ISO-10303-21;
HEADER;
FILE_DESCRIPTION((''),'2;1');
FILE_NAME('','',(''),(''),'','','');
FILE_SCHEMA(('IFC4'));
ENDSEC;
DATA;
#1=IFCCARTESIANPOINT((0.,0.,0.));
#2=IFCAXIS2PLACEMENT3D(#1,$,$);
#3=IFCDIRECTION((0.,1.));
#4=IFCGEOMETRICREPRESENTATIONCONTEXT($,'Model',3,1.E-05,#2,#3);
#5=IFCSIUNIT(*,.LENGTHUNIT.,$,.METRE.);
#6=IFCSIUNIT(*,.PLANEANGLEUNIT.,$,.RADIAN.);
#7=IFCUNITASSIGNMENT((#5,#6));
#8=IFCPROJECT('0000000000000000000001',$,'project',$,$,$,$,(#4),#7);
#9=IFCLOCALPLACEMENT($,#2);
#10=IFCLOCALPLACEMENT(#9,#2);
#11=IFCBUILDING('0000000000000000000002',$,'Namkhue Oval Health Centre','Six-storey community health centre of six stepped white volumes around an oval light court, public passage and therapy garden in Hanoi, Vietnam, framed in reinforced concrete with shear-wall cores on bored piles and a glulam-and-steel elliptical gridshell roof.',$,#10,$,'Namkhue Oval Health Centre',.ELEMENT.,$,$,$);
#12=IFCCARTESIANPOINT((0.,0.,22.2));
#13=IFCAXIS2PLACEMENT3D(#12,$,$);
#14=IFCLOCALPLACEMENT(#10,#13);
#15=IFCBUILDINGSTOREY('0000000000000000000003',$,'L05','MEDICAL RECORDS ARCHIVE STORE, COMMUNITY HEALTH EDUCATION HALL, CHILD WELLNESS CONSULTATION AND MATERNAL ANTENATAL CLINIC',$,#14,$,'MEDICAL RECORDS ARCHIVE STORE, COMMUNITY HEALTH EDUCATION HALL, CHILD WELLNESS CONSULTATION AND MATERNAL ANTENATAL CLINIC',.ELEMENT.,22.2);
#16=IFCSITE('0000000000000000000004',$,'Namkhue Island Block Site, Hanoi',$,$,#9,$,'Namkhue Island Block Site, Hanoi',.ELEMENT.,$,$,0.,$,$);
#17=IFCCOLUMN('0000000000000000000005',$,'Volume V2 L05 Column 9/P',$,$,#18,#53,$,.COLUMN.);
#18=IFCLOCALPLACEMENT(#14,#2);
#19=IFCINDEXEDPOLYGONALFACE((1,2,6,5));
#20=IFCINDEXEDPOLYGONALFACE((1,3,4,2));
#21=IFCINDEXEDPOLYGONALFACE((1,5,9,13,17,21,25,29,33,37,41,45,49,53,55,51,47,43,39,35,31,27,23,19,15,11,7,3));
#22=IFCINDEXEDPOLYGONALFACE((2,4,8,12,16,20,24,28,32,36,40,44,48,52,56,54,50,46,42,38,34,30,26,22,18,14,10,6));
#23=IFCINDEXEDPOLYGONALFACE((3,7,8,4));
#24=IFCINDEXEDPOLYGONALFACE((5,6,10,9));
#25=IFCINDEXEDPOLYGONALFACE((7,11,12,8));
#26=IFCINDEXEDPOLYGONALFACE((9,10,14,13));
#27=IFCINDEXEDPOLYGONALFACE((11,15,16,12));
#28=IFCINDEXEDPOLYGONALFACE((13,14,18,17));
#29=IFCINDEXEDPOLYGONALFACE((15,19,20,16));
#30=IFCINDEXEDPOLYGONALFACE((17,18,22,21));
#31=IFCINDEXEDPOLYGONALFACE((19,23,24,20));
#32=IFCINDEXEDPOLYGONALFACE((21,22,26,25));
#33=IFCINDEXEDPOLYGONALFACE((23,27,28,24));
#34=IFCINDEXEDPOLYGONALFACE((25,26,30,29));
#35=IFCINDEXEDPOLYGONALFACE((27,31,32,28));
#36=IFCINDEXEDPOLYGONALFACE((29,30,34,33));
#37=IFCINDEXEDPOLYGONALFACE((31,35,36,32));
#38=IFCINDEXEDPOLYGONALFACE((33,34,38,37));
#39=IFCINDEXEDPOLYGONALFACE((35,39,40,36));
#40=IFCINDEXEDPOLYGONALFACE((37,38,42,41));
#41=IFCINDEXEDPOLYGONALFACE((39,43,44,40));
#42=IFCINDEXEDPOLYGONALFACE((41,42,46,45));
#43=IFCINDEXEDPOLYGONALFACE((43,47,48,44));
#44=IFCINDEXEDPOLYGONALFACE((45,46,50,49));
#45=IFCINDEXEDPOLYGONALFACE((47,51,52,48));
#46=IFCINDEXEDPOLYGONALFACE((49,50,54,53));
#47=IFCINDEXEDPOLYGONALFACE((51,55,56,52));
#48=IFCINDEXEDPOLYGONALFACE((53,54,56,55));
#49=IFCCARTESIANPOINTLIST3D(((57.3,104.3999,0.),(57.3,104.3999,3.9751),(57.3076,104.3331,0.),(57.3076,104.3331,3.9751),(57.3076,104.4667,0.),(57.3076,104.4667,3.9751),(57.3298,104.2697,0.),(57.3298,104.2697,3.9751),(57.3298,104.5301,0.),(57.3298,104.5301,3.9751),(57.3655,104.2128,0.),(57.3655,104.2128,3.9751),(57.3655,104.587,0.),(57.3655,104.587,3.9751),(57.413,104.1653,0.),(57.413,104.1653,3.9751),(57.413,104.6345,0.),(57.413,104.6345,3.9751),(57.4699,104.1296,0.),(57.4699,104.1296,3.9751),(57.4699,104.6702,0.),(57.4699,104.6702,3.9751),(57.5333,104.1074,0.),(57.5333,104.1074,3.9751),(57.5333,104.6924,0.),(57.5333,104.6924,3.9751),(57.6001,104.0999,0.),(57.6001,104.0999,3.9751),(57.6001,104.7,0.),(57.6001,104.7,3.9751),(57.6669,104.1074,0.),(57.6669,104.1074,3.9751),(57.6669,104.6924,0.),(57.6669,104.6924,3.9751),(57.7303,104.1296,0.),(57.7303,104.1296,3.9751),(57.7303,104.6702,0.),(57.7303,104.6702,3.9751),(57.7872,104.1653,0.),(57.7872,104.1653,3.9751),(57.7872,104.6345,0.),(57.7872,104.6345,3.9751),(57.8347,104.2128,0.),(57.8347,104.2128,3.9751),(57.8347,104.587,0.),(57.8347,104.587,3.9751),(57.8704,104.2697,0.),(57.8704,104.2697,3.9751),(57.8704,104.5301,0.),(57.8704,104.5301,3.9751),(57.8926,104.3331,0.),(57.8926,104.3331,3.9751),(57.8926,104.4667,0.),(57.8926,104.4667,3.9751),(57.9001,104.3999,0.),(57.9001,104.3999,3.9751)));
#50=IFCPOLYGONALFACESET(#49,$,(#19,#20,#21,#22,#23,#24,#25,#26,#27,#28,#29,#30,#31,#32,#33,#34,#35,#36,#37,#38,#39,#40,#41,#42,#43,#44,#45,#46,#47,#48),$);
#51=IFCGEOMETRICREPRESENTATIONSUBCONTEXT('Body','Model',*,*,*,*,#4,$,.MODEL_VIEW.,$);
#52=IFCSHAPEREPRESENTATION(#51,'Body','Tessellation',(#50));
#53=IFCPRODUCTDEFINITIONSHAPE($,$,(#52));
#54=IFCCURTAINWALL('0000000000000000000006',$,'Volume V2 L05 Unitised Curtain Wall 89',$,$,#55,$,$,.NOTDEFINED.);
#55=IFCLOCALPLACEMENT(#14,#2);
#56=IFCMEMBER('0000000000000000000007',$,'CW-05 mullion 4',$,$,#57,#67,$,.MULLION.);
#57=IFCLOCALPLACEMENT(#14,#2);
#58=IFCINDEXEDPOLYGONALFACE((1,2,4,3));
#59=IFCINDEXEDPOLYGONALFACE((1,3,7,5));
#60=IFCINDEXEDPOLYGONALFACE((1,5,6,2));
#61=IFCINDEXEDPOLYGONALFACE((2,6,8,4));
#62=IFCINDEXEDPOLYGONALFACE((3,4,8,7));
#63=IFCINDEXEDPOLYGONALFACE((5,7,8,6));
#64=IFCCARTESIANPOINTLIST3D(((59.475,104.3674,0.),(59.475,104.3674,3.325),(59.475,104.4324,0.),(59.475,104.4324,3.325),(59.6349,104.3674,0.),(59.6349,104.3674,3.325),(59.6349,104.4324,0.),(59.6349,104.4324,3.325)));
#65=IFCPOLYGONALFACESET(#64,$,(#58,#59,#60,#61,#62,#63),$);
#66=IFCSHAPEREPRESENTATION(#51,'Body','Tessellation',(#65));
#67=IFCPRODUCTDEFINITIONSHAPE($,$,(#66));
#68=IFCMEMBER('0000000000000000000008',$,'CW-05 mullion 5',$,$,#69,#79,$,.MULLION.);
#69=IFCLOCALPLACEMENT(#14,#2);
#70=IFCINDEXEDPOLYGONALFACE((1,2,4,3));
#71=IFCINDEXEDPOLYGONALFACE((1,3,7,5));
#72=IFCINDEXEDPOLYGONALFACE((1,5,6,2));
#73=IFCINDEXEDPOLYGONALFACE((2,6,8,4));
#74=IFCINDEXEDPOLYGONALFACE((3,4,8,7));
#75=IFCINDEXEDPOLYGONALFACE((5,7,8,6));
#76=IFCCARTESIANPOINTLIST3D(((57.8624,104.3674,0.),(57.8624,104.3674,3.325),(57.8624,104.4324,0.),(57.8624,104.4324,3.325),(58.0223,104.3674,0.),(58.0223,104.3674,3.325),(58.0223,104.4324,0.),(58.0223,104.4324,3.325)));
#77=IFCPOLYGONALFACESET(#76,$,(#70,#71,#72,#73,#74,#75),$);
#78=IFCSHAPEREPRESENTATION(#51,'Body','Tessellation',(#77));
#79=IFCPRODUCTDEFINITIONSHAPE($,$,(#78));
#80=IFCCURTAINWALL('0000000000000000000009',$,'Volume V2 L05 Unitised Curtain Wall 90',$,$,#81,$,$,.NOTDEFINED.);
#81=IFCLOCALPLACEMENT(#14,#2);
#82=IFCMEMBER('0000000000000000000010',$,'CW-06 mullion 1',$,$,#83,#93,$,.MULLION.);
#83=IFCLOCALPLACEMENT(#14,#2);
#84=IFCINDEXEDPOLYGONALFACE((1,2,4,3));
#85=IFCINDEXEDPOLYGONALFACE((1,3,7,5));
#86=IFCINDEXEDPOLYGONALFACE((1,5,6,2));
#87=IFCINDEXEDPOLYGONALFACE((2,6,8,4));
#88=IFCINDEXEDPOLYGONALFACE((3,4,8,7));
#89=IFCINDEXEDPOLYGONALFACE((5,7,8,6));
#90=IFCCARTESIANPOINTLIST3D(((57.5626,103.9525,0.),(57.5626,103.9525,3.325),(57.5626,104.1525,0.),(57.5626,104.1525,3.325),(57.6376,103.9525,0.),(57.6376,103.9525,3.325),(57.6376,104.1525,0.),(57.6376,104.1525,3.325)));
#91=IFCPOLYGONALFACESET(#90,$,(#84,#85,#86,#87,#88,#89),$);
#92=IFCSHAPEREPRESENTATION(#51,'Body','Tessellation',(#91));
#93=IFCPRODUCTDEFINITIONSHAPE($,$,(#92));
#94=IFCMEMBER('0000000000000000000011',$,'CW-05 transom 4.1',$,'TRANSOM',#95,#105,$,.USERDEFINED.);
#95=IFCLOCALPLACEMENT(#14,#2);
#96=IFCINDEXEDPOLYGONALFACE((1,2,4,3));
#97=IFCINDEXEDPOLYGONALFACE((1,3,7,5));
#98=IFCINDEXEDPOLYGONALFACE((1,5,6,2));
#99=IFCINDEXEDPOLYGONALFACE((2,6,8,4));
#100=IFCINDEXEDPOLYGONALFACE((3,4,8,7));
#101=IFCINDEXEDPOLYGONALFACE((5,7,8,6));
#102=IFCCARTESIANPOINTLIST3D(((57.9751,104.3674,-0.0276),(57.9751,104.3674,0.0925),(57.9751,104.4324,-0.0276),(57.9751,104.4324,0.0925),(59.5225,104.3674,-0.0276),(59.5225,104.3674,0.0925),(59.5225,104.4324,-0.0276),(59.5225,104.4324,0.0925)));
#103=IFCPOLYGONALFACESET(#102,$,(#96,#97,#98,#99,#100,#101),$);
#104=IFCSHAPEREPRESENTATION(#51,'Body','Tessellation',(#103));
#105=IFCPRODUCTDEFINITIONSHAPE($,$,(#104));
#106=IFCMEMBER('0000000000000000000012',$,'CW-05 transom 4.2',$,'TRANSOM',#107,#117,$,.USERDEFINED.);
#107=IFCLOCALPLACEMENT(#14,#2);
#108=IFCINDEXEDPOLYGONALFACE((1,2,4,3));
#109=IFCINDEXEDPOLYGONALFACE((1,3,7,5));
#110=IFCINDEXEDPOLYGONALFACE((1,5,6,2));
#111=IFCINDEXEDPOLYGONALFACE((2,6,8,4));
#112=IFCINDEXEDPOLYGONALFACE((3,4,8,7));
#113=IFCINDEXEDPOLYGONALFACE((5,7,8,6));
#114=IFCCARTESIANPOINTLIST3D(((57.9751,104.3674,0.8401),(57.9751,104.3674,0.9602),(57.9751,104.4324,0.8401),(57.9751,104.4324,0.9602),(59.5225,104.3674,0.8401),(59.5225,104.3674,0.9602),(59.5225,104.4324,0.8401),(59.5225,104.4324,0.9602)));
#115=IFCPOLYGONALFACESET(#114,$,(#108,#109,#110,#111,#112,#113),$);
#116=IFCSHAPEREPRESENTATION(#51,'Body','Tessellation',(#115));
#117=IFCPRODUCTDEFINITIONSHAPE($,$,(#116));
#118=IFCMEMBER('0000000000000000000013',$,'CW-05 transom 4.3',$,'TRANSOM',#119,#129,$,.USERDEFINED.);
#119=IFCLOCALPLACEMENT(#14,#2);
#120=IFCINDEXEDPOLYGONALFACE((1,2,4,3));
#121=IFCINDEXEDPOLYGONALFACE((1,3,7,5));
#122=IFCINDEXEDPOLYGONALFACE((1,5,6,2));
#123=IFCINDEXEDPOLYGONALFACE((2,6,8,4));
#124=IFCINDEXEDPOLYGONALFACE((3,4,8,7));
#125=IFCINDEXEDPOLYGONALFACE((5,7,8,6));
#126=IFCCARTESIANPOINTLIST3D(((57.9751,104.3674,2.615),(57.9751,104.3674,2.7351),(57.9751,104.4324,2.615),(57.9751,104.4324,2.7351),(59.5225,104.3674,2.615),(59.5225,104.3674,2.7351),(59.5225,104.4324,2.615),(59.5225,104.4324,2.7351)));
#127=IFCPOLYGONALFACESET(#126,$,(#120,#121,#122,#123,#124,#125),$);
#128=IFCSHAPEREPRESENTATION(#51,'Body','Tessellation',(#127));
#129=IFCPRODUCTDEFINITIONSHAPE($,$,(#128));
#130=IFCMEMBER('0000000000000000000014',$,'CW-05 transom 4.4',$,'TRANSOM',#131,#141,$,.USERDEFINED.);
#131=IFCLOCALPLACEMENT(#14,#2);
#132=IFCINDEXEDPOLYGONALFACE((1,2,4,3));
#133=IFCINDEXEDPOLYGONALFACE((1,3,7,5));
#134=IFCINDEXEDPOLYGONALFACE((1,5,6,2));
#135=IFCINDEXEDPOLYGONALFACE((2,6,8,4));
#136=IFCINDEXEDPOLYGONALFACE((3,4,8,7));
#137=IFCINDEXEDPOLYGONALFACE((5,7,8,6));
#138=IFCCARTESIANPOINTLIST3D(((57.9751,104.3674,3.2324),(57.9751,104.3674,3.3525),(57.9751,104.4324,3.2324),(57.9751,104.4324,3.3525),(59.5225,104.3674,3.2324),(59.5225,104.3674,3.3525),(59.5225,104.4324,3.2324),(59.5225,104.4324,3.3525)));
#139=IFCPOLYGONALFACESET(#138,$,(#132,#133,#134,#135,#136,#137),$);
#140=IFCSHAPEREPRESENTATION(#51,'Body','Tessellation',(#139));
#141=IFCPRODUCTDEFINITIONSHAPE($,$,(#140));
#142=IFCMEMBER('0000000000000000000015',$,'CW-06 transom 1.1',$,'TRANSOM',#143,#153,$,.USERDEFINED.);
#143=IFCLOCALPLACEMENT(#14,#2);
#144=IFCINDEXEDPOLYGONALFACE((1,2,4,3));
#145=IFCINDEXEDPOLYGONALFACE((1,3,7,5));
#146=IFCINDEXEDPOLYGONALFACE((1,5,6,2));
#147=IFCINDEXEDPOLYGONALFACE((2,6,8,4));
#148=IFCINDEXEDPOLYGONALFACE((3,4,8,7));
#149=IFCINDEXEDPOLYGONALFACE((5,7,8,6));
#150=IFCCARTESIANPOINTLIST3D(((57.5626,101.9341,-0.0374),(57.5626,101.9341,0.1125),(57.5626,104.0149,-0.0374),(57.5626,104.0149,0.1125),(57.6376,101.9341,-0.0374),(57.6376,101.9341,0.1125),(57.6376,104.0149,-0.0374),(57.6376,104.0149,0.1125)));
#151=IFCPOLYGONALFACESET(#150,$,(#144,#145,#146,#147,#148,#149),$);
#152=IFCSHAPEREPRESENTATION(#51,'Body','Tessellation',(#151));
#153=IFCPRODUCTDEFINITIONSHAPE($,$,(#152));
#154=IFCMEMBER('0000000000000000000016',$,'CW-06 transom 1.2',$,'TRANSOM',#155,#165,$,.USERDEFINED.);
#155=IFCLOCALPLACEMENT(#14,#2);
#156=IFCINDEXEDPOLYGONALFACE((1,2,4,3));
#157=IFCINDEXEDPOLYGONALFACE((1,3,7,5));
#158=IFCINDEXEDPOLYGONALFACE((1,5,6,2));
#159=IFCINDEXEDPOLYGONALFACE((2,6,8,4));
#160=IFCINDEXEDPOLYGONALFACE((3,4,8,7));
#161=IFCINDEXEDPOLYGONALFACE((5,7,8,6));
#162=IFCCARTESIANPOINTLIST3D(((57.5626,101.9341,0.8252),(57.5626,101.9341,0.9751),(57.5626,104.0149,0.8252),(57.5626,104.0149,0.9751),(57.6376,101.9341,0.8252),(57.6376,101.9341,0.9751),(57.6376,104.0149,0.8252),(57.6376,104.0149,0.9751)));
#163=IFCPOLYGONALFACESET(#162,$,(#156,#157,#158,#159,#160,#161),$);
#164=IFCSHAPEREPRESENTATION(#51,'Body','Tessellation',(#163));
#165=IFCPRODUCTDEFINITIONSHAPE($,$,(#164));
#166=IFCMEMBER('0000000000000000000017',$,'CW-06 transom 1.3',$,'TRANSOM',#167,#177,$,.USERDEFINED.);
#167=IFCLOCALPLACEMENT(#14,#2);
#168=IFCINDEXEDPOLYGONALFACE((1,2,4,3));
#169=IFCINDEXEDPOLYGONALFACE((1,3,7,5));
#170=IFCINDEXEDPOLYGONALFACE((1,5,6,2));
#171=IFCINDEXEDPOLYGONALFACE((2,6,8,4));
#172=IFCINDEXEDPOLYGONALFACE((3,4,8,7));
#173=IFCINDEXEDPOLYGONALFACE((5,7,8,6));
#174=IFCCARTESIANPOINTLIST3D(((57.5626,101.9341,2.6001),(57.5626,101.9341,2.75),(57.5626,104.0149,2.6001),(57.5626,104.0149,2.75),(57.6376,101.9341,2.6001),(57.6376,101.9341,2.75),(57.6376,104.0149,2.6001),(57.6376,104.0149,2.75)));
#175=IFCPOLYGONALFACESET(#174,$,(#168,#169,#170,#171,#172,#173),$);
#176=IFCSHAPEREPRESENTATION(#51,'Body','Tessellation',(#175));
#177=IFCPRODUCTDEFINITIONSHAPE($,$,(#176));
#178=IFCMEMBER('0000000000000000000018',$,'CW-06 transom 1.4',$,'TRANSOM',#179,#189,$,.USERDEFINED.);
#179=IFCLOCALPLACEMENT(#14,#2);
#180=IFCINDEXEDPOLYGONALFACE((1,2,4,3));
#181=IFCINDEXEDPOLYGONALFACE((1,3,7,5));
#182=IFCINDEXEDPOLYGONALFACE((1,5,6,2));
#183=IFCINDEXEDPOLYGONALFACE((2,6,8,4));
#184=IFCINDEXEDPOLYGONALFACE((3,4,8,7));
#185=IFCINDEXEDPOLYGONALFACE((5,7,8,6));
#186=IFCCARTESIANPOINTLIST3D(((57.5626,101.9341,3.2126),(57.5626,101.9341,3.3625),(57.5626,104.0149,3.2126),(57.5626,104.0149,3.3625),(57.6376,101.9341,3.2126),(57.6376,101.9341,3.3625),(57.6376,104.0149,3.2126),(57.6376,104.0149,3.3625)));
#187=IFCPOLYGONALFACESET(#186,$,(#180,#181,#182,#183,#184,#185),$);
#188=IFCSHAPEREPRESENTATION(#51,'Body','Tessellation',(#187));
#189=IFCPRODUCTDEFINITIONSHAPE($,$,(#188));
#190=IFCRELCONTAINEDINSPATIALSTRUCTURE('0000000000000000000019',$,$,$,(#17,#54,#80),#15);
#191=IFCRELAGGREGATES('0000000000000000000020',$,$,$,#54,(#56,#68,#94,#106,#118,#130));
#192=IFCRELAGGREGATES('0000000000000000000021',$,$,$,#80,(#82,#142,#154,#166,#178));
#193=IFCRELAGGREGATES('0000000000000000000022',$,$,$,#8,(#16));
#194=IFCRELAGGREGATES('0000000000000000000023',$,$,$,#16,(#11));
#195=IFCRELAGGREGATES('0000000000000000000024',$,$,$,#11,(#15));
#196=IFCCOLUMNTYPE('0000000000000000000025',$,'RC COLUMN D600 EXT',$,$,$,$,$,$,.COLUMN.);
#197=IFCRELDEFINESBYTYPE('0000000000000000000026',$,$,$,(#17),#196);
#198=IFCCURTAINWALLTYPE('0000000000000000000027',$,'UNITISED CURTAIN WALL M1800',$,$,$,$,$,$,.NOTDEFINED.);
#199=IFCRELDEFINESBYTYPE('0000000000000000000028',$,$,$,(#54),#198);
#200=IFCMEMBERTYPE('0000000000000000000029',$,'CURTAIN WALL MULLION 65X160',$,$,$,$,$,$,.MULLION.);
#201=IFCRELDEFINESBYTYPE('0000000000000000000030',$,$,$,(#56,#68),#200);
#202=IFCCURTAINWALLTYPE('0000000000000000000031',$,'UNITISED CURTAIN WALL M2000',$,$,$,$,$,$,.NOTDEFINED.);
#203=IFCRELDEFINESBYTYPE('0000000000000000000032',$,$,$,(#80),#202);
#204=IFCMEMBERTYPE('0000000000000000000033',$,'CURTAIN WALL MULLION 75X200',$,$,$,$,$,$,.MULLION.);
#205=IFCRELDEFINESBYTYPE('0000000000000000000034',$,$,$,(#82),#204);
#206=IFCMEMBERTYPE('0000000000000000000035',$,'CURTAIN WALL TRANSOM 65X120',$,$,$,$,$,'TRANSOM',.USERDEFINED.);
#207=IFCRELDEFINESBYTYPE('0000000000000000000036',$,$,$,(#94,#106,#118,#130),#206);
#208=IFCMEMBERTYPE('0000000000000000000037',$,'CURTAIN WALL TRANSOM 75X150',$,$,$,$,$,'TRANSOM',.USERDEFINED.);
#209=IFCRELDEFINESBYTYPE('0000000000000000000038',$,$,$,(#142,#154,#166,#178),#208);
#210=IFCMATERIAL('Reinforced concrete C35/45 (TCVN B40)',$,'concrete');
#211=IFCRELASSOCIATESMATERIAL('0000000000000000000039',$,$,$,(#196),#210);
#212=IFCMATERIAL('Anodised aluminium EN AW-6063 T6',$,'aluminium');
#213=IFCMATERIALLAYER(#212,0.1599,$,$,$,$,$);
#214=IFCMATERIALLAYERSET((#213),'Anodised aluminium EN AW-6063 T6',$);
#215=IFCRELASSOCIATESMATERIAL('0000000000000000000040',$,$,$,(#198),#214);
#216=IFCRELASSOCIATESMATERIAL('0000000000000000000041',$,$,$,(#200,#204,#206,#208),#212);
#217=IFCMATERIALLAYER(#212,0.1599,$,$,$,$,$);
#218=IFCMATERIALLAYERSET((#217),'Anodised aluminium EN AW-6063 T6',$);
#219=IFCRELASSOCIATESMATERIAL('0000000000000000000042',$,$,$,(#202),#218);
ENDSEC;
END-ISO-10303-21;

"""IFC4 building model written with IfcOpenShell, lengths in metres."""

from ifc_helpers import new_model, si_unit, direction, frame, origin, origin_2d, place, context, subcontext, project, spatial, rectangle, circle, extrude, material, layer, layer_set, material_profile, profile_set, type_object, element, aggregate, save


model = new_model("IFC4")

# Units and contexts
model_context = context("Model", 3, precision=1e-05, world=origin(), true_north=direction((0.0, 1.0)))
body_context = subcontext(model_context, "Body", "Model", "MODEL_VIEW")
ifc_project = project(units=[si_unit("LENGTHUNIT", "METRE"), si_unit("PLANEANGLEUNIT", "RADIAN")], contexts=[model_context])

# Site, building, storey
site_placement = place(None, origin())
site = spatial("IfcSite", under=ifc_project, at=site_placement, Name="Namkhue Island Block Site, Hanoi", LongName="Namkhue Island Block Site, Hanoi", CompositionType="ELEMENT", RefElevation=0.0)
building_placement = place(site_placement, origin())
building = spatial("IfcBuilding", under=site, at=building_placement, Name="Namkhue Oval Health Centre", Description="Six-storey community health centre of six stepped white volumes around an oval light court, public passage and therapy garden in Hanoi, Vietnam, framed in reinforced concrete with shear-wall cores on bored piles and a glulam-and-steel elliptical gridshell roof.", LongName="Namkhue Oval Health Centre", CompositionType="ELEMENT")
storey_placement = place(building_placement, frame((0.0, 0.0, 22.2)))
storey = spatial("IfcBuildingStorey", under=building, at=storey_placement, Name="L05", Description="MEDICAL RECORDS ARCHIVE STORE, COMMUNITY HEALTH EDUCATION HALL, CHILD WELLNESS CONSULTATION AND MATERNAL ANTENATAL CLINIC", LongName="MEDICAL RECORDS ARCHIVE STORE, COMMUNITY HEALTH EDUCATION HALL, CHILD WELLNESS CONSULTATION AND MATERNAL ANTENATAL CLINIC", CompositionType="ELEMENT", Elevation=22.2)

# Column
ifc_material_1 = material(Name="Reinforced concrete C35/45 (TCVN B40)", Category="concrete")
ifc_material_profile_1 = material_profile(ifc_material_1, circle(Radius=0.3, at=origin_2d()), Name="RC D600")
ifc_profile_set_1 = profile_set([ifc_material_profile_1], Name="Reinforced concrete C35/45 (TCVN B40)")
column_type = type_object("IfcColumnType", Name="RC COLUMN D600 EXT", PredefinedType="COLUMN", material=ifc_profile_set_1)
column_placement = place(storey_placement, frame((57.6001, 104.3999, 0.0), z_axis=(0.0, 0.0, 1.0), x_axis=(1.0, 0.0, 0.0)))
element("IfcColumn", 1, at=column_placement, inside=storey, type_object=column_type, Name="Volume V2 L05 Column 9/P", PredefinedType="COLUMN", context=body_context, shape_type="SweptSolid", body=[
    extrude(circle(Radius=0.3, at=origin_2d()), origin(), (0.0, 0.0, 1.0), 3.9751),
])

# Curtain wall, members
ifc_material_2 = material(Name="Anodised aluminium EN AW-6063 T6", Category="aluminium")
ifc_layer_1 = layer(ifc_material_2, 0.1599)
ifc_layer_set_1 = layer_set([ifc_layer_1], Name="Anodised aluminium EN AW-6063 T6")
curtain_wall_type_1 = type_object("IfcCurtainWallType", Name="UNITISED CURTAIN WALL M1800", PredefinedType="NOTDEFINED", material=ifc_layer_set_1)
curtain_wall_1_placement = place(storey_placement, origin())
curtain_wall_1 = element("IfcCurtainWall", 2, at=curtain_wall_1_placement, inside=storey, type_object=curtain_wall_type_1, Name="Volume V2 L05 Unitised Curtain Wall 89", PredefinedType="NOTDEFINED")
ifc_material_profile_2 = material_profile(ifc_material_2, rectangle(XDim=0.0649, YDim=0.1599, at=origin_2d()), Name="ALU 65x160")
ifc_profile_set_2 = profile_set([ifc_material_profile_2], Name="Anodised aluminium EN AW-6063 T6")
member_type_1 = type_object("IfcMemberType", Name="CURTAIN WALL MULLION 65X160", PredefinedType="MULLION", material=ifc_profile_set_2)
member_1_placement = place(storey_placement, frame((59.5549, 104.3999, 0.0), z_axis=(0.0, 0.0, 1.0), x_axis=(0.0, -1.0, 0.0)))
member_1 = element("IfcMember", 3, at=member_1_placement, type_object=member_type_1, Name="CW-05 mullion 4", PredefinedType="MULLION", context=body_context, shape_type="SweptSolid", body=[
    extrude(rectangle(XDim=0.0649, YDim=0.1599, at=origin_2d()), origin(), (0.0, 0.0, 1.0), 3.325),
])
member_2_placement = place(storey_placement, frame((57.9424, 104.3999, 0.0), z_axis=(0.0, 0.0, 1.0), x_axis=(0.0, -1.0, 0.0)))
member_2 = element("IfcMember", 4, at=member_2_placement, type_object=member_type_1, Name="CW-05 mullion 5", PredefinedType="MULLION", context=body_context, shape_type="SweptSolid", body=[
    extrude(rectangle(XDim=0.0649, YDim=0.1599, at=origin_2d()), origin(), (0.0, 0.0, 1.0), 3.325),
])

# Curtain wall, member
ifc_layer_2 = layer(ifc_material_2, 0.1599)
ifc_layer_set_2 = layer_set([ifc_layer_2], Name="Anodised aluminium EN AW-6063 T6")
curtain_wall_type_2 = type_object("IfcCurtainWallType", Name="UNITISED CURTAIN WALL M2000", PredefinedType="NOTDEFINED", material=ifc_layer_set_2)
curtain_wall_2_placement = place(storey_placement, origin())
curtain_wall_2 = element("IfcCurtainWall", 5, at=curtain_wall_2_placement, inside=storey, type_object=curtain_wall_type_2, Name="Volume V2 L05 Unitised Curtain Wall 90", PredefinedType="NOTDEFINED")
ifc_material_profile_3 = material_profile(ifc_material_2, rectangle(XDim=0.075, YDim=0.2, at=origin_2d()), Name="ALU 75x200")
ifc_profile_set_3 = profile_set([ifc_material_profile_3], Name="Anodised aluminium EN AW-6063 T6")
member_type_2 = type_object("IfcMemberType", Name="CURTAIN WALL MULLION 75X200", PredefinedType="MULLION", material=ifc_profile_set_3)
member_3_placement = place(storey_placement, frame((57.6001, 104.0525, 0.0), z_axis=(0.0, 0.0, 1.0), x_axis=(1.0, 0.0, 0.0)))
member_3 = element("IfcMember", 6, at=member_3_placement, type_object=member_type_2, Name="CW-06 mullion 1", PredefinedType="MULLION", context=body_context, shape_type="SweptSolid", body=[
    extrude(rectangle(XDim=0.075, YDim=0.2, at=origin_2d()), origin(), (0.0, 0.0, 1.0), 3.325),
])

# Members
ifc_material_profile_4 = material_profile(ifc_material_2, rectangle(XDim=0.0649, YDim=0.1201, at=origin_2d()), Name="ALU 65x120")
ifc_profile_set_4 = profile_set([ifc_material_profile_4], Name="Anodised aluminium EN AW-6063 T6")
member_type_3 = type_object("IfcMemberType", Name="CURTAIN WALL TRANSOM 65X120", ElementType="TRANSOM", PredefinedType="USERDEFINED", material=ifc_profile_set_4)
member_4_placement = place(storey_placement, frame((59.5225, 104.3999, 0.0325), z_axis=(-1.0, 0.0, 0.0), x_axis=(0.0, -1.0, 0.0)))
member_4 = element("IfcMember", 7, at=member_4_placement, type_object=member_type_3, Name="CW-05 transom 4.1", ObjectType="TRANSOM", PredefinedType="USERDEFINED", context=body_context, shape_type="SweptSolid", body=[
    extrude(rectangle(XDim=0.0649, YDim=0.1201, at=origin_2d()), origin(), (0.0, 0.0, 1.0), 1.5474),
])
member_5_placement = place(storey_placement, frame((59.5225, 104.3999, 0.9001), z_axis=(-1.0, 0.0, 0.0), x_axis=(0.0, -1.0, 0.0)))
member_5 = element("IfcMember", 8, at=member_5_placement, type_object=member_type_3, Name="CW-05 transom 4.2", ObjectType="TRANSOM", PredefinedType="USERDEFINED", context=body_context, shape_type="SweptSolid", body=[
    extrude(rectangle(XDim=0.0649, YDim=0.1201, at=origin_2d()), origin(), (0.0, 0.0, 1.0), 1.5474),
])
member_6_placement = place(storey_placement, frame((59.5225, 104.3999, 2.675), z_axis=(-1.0, 0.0, 0.0), x_axis=(0.0, -1.0, 0.0)))
member_6 = element("IfcMember", 9, at=member_6_placement, type_object=member_type_3, Name="CW-05 transom 4.3", ObjectType="TRANSOM", PredefinedType="USERDEFINED", context=body_context, shape_type="SweptSolid", body=[
    extrude(rectangle(XDim=0.0649, YDim=0.1201, at=origin_2d()), origin(), (0.0, 0.0, 1.0), 1.5474),
])
member_7_placement = place(storey_placement, frame((59.5225, 104.3999, 3.2925), z_axis=(-1.0, 0.0, 0.0), x_axis=(0.0, -1.0, 0.0)))
member_7 = element("IfcMember", 10, at=member_7_placement, type_object=member_type_3, Name="CW-05 transom 4.4", ObjectType="TRANSOM", PredefinedType="USERDEFINED", context=body_context, shape_type="SweptSolid", body=[
    extrude(rectangle(XDim=0.0649, YDim=0.1201, at=origin_2d()), origin(), (0.0, 0.0, 1.0), 1.5474),
])
ifc_material_profile_5 = material_profile(ifc_material_2, rectangle(XDim=0.075, YDim=0.1499, at=origin_2d()), Name="ALU 75x150")
ifc_profile_set_5 = profile_set([ifc_material_profile_5], Name="Anodised aluminium EN AW-6063 T6")
member_type_4 = type_object("IfcMemberType", Name="CURTAIN WALL TRANSOM 75X150", ElementType="TRANSOM", PredefinedType="USERDEFINED", material=ifc_profile_set_5)
member_8_placement = place(storey_placement, frame((57.6001, 104.0149, 0.0376), z_axis=(0.0, -1.0, 0.0), x_axis=(1.0, 0.0, 0.0)))
member_8 = element("IfcMember", 11, at=member_8_placement, type_object=member_type_4, Name="CW-06 transom 1.1", ObjectType="TRANSOM", PredefinedType="USERDEFINED", context=body_context, shape_type="SweptSolid", body=[
    extrude(rectangle(XDim=0.075, YDim=0.1499, at=origin_2d()), origin(), (0.0, 0.0, 1.0), 2.0808),
])
member_9_placement = place(storey_placement, frame((57.6001, 104.0149, 0.9001), z_axis=(0.0, -1.0, 0.0), x_axis=(1.0, 0.0, 0.0)))
member_9 = element("IfcMember", 12, at=member_9_placement, type_object=member_type_4, Name="CW-06 transom 1.2", ObjectType="TRANSOM", PredefinedType="USERDEFINED", context=body_context, shape_type="SweptSolid", body=[
    extrude(rectangle(XDim=0.075, YDim=0.1499, at=origin_2d()), origin(), (0.0, 0.0, 1.0), 2.0808),
])
member_10_placement = place(storey_placement, frame((57.6001, 104.0149, 2.675), z_axis=(0.0, -1.0, 0.0), x_axis=(1.0, 0.0, 0.0)))
member_10 = element("IfcMember", 13, at=member_10_placement, type_object=member_type_4, Name="CW-06 transom 1.3", ObjectType="TRANSOM", PredefinedType="USERDEFINED", context=body_context, shape_type="SweptSolid", body=[
    extrude(rectangle(XDim=0.075, YDim=0.1499, at=origin_2d()), origin(), (0.0, 0.0, 1.0), 2.0808),
])
member_11_placement = place(storey_placement, frame((57.6001, 104.0149, 3.2876), z_axis=(0.0, -1.0, 0.0), x_axis=(1.0, 0.0, 0.0)))
member_11 = element("IfcMember", 14, at=member_11_placement, type_object=member_type_4, Name="CW-06 transom 1.4", ObjectType="TRANSOM", PredefinedType="USERDEFINED", context=body_context, shape_type="SweptSolid", body=[
    extrude(rectangle(XDim=0.075, YDim=0.1499, at=origin_2d()), origin(), (0.0, 0.0, 1.0), 2.0808),
])

aggregate(curtain_wall_1, [member_1, member_2, member_4, member_5, member_6, member_7])
aggregate(curtain_wall_2, [member_3, member_8, member_9, member_10, member_11])

save(model, "model.ifc")
